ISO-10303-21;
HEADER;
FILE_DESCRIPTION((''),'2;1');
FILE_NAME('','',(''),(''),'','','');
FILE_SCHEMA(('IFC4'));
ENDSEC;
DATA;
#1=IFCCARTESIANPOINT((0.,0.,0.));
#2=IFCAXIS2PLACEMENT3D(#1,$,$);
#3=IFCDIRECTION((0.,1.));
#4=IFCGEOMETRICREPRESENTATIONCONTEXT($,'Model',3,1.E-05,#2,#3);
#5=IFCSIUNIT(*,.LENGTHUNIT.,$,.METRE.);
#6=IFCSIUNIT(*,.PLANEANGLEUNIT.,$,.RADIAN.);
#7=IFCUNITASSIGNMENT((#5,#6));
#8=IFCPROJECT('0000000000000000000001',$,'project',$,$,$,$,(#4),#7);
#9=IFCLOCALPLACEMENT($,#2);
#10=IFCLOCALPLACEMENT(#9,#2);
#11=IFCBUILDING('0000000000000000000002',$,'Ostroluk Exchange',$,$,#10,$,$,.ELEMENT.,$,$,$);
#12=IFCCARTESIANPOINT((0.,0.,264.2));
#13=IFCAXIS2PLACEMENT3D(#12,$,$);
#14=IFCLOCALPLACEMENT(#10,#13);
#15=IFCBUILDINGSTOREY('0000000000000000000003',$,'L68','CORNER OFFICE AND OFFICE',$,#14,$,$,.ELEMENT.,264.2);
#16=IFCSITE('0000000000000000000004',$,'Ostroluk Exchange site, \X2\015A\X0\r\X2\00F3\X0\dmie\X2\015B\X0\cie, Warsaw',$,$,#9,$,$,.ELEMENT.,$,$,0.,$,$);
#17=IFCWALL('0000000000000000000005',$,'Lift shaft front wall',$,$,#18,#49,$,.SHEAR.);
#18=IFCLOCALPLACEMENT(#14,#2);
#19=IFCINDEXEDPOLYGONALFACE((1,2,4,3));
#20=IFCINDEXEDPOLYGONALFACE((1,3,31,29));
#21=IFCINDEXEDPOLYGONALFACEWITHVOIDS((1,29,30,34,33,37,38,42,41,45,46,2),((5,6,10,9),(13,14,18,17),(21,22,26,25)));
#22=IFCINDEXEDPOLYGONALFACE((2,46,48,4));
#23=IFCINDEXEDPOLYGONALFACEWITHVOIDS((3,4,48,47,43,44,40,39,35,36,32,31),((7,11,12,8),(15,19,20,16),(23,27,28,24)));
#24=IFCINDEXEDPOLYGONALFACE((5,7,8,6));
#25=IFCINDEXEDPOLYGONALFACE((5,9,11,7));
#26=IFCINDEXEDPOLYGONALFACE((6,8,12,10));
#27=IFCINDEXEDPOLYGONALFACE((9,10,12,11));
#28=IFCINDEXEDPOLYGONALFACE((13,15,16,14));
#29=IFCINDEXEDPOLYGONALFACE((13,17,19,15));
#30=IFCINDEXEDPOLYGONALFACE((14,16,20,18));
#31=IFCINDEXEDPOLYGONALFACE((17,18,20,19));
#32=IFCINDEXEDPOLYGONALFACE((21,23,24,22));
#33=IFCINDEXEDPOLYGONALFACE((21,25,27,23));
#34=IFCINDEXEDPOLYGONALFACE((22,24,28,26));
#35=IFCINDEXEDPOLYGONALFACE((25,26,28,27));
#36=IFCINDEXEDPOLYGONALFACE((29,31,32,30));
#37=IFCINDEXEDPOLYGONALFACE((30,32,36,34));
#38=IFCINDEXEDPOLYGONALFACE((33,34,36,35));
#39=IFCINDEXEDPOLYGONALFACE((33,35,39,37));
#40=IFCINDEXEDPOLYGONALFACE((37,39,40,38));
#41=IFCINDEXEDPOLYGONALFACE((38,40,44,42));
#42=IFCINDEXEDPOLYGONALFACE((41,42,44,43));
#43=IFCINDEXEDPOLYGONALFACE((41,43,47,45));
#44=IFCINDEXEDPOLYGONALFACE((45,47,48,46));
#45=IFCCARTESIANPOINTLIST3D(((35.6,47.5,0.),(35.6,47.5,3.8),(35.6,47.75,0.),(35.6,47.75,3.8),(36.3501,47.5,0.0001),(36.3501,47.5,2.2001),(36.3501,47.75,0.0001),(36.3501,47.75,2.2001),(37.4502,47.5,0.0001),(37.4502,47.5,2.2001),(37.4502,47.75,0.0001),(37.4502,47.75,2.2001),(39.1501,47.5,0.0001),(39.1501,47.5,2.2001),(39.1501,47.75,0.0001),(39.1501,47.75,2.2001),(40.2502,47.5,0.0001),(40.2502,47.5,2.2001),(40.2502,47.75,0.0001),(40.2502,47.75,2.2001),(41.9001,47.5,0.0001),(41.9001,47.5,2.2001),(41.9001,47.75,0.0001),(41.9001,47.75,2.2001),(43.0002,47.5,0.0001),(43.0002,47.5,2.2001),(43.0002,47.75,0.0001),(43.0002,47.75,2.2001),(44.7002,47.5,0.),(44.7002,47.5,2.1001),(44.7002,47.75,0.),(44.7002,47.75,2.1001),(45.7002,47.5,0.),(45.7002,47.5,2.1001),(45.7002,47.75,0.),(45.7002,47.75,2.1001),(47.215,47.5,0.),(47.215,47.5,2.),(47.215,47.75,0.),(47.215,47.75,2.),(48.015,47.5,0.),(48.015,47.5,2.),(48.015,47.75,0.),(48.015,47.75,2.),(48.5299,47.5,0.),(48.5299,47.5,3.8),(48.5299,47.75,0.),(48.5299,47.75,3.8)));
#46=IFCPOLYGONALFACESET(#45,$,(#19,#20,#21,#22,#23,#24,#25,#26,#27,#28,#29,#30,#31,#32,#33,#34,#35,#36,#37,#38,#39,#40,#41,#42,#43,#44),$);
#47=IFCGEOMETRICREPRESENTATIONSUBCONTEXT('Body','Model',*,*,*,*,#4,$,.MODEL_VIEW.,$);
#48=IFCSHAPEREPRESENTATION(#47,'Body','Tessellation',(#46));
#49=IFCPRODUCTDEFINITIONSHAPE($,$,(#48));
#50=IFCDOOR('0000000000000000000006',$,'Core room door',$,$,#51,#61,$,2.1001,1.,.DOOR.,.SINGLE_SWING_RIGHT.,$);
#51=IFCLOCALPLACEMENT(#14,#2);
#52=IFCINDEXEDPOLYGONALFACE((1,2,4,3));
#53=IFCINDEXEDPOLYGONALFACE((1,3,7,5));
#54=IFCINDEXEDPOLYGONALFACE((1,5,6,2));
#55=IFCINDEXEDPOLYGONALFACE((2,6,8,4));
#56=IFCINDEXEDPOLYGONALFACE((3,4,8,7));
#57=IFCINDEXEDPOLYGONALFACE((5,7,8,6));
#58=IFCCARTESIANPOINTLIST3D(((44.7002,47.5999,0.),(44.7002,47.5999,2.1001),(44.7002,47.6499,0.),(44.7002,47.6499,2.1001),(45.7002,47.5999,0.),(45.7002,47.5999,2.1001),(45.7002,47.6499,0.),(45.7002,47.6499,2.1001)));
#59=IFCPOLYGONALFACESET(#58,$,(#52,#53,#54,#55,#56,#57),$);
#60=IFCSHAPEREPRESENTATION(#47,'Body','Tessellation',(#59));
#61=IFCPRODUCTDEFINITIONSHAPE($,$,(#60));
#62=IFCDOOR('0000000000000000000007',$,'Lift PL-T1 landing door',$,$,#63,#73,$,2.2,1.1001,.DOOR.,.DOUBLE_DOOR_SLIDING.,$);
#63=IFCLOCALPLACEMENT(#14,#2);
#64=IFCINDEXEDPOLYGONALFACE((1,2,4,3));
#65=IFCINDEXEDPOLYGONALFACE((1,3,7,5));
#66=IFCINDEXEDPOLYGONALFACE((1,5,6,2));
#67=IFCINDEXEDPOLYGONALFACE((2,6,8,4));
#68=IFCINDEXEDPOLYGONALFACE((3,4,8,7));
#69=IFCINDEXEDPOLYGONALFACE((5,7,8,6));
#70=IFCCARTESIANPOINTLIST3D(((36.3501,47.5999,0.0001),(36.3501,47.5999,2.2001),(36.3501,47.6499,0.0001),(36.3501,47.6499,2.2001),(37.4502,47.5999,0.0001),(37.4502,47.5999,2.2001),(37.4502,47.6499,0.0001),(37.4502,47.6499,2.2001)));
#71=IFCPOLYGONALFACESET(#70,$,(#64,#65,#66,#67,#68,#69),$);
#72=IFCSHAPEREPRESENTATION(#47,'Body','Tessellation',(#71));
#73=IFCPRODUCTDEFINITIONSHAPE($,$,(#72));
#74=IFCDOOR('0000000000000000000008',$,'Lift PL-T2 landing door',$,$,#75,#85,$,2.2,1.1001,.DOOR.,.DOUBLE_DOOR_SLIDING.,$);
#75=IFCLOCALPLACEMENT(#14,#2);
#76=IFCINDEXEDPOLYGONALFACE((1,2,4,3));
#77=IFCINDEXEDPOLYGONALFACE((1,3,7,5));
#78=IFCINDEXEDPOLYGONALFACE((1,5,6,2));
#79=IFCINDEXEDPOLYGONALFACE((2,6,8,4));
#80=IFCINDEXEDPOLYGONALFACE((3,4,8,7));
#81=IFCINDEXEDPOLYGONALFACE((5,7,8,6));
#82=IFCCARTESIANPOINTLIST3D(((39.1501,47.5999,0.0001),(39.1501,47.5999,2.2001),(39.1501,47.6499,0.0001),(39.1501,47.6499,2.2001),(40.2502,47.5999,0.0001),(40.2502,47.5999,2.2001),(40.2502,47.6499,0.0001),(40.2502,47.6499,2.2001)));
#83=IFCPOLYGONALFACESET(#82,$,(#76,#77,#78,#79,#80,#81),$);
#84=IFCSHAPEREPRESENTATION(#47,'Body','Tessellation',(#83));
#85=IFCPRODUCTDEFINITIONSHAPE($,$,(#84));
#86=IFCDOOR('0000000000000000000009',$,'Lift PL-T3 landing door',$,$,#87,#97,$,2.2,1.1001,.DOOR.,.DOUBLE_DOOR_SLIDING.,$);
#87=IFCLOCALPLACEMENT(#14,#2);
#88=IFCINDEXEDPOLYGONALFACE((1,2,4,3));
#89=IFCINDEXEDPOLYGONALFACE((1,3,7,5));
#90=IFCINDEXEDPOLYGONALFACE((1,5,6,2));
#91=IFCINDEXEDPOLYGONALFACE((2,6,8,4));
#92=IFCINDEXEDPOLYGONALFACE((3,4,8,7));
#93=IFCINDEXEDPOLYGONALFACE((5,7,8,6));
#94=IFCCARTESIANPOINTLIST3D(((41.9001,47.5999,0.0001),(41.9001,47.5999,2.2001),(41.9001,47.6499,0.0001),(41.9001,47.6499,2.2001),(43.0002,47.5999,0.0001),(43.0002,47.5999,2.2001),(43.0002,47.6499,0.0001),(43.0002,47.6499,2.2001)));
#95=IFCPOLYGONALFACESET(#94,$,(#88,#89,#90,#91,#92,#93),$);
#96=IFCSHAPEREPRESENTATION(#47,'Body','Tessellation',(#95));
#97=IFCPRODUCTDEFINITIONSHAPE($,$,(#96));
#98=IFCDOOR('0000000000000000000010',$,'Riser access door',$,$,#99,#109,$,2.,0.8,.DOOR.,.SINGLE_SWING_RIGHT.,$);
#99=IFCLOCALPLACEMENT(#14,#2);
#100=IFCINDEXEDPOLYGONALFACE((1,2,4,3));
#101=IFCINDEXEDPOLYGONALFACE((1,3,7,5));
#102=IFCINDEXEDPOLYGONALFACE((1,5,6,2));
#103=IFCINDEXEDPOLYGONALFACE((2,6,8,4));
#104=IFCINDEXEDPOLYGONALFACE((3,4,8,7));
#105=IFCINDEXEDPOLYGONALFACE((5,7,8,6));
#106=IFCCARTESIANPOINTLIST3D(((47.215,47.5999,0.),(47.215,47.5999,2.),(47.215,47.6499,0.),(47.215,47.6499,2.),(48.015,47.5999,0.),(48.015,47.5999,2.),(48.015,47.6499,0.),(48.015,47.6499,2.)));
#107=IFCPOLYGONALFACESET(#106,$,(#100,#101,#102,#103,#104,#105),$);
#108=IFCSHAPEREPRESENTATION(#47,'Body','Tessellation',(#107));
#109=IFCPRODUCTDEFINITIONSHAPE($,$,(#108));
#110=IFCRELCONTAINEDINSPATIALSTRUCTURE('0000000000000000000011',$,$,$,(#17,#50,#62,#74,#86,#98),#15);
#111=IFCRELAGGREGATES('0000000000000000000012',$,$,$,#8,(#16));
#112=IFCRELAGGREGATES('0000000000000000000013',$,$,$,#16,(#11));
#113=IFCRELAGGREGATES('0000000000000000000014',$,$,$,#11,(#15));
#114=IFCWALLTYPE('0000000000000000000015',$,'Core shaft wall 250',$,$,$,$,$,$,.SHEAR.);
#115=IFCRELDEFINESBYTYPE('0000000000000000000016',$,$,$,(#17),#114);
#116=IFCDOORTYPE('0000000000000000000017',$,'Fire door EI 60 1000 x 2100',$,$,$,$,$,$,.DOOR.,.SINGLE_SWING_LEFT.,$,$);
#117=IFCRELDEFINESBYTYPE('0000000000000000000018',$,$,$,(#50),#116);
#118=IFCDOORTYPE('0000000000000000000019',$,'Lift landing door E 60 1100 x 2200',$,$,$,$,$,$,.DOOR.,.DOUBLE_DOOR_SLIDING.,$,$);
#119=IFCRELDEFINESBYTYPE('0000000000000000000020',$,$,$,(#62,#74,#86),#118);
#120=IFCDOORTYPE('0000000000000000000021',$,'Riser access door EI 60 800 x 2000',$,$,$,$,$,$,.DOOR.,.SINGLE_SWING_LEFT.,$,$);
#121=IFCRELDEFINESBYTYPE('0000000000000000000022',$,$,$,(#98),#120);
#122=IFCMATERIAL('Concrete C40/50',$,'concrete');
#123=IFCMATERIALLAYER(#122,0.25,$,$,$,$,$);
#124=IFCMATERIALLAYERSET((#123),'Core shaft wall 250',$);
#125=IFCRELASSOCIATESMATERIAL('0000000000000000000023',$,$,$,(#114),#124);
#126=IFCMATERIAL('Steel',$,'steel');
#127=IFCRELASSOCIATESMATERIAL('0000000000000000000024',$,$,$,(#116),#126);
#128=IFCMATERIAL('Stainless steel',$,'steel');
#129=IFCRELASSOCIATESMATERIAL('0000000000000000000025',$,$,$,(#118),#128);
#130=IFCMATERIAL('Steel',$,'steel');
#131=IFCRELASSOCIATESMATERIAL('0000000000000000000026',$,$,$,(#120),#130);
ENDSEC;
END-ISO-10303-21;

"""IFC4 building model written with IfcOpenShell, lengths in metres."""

from ifc_helpers import new_model, si_unit, direction, frame, frame_2d, origin, place, context, subcontext, project, spatial, rectangle, extrude, material, layer, layer_set, type_object, element, fill, save


model = new_model("IFC4")

# Units and contexts
model_context = context("Model", 3, precision=1e-05, world=origin(), true_north=direction((0.0, 1.0)))
body_context = subcontext(model_context, "Body", "Model", "MODEL_VIEW")
ifc_project = project(units=[si_unit("LENGTHUNIT", "METRE"), si_unit("PLANEANGLEUNIT", "RADIAN")], contexts=[model_context])

# Site, building, storey
site_placement = place(None, origin())
site = spatial("IfcSite", under=ifc_project, at=site_placement, Name="Ostroluk Exchange site, Śródmieście, Warsaw", CompositionType="ELEMENT", RefElevation=0.0)
building_placement = place(site_placement, origin())
building = spatial("IfcBuilding", under=site, at=building_placement, Name="Ostroluk Exchange", CompositionType="ELEMENT")
storey_placement = place(building_placement, frame((0.0, 0.0, 264.2)))
storey = spatial("IfcBuildingStorey", under=building, at=storey_placement, Name="L68", Description="CORNER OFFICE AND OFFICE", CompositionType="ELEMENT", Elevation=264.2)

# Shared definitions
ifc_material_1 = material(Name="Concrete C40/50", Category="concrete")
ifc_layer = layer(ifc_material_1, 0.25)
ifc_layer_set = layer_set([ifc_layer], Name="Core shaft wall 250")
wall_type = type_object("IfcWallType", Name="Core shaft wall 250", PredefinedType="SHEAR", material=ifc_layer_set)

# Wall, openings, doors
wall_1_placement = place(storey_placement, frame((35.6001, 47.625, 0.0), z_axis=(0.0, 0.0, 1.0), x_axis=(1.0, 0.0, 0.0)))
wall_1 = element("IfcWall", 1, at=wall_1_placement, inside=storey, type_object=wall_type, Name="Lift shaft front wall", PredefinedType="SHEAR", context=body_context, shape_type="SweptSolid", body=[
    extrude(rectangle(XDim=12.9299, YDim=0.25, at=frame_2d((6.4648, 0.0))), origin(), (0.0, 0.0, 1.0), 3.8),
])
opening_1_placement = place(wall_1_placement, frame((0.75, 0.0, 0.0)))
opening_1 = element("IfcOpeningElement", 2, at=opening_1_placement, cuts=wall_1, PredefinedType="OPENING", context=body_context, shape_type="SweptSolid", body=[
    extrude(rectangle(XDim=1.1001, YDim=2.2, at=frame_2d((0.55, 1.1001))), frame((0.0, 0.135, 0.0), z_axis=(0.0, -1.0, 0.0), x_axis=(1.0, 0.0, 0.0)), (0.0, 0.0, 1.0), 0.27),
])
opening_2_placement = place(wall_1_placement, frame((3.55, 0.0, 0.0)))
opening_2 = element("IfcOpeningElement", 3, at=opening_2_placement, cuts=wall_1, PredefinedType="OPENING", context=body_context, shape_type="SweptSolid", body=[
    extrude(rectangle(XDim=1.1001, YDim=2.2, at=frame_2d((0.55, 1.1001))), frame((0.0, 0.135, 0.0), z_axis=(0.0, -1.0, 0.0), x_axis=(1.0, 0.0, 0.0)), (0.0, 0.0, 1.0), 0.27),
])
opening_3_placement = place(wall_1_placement, frame((6.3, 0.0, 0.0)))
opening_3 = element("IfcOpeningElement", 4, at=opening_3_placement, cuts=wall_1, PredefinedType="OPENING", context=body_context, shape_type="SweptSolid", body=[
    extrude(rectangle(XDim=1.1001, YDim=2.2, at=frame_2d((0.55, 1.1001))), frame((0.0, 0.135, 0.0), z_axis=(0.0, -1.0, 0.0), x_axis=(1.0, 0.0, 0.0)), (0.0, 0.0, 1.0), 0.27),
])
opening_4_placement = place(wall_1_placement, frame((9.1001, 0.0, 0.0)))
opening_4 = element("IfcOpeningElement", 5, at=opening_4_placement, cuts=wall_1, PredefinedType="OPENING", context=body_context, shape_type="SweptSolid", body=[
    extrude(rectangle(XDim=1.0, YDim=2.1001, at=frame_2d((0.5, 1.05))), frame((0.0, 0.135, 0.0), z_axis=(0.0, -1.0, 0.0), x_axis=(1.0, 0.0, 0.0)), (0.0, 0.0, 1.0), 0.27),
])
opening_5_placement = place(wall_1_placement, frame((11.615, 0.0, 0.0)))
opening_5 = element("IfcOpeningElement", 6, at=opening_5_placement, cuts=wall_1, PredefinedType="OPENING", context=body_context, shape_type="SweptSolid", body=[
    extrude(rectangle(XDim=0.8, YDim=2.0, at=frame_2d((0.3999, 1.0))), frame((0.0, 0.135, 0.0), z_axis=(0.0, -1.0, 0.0), x_axis=(1.0, 0.0, 0.0)), (0.0, 0.0, 1.0), 0.27),
])
ifc_material_2 = material(Name="Steel", Category="steel")
door_type_1 = type_object("IfcDoorType", Name="Fire door EI 60 1000 x 2100", OperationType="SINGLE_SWING_LEFT", PredefinedType="DOOR", material=ifc_material_2)
door_1_placement = place(opening_4_placement, origin())
door_1 = element("IfcDoor", 7, at=door_1_placement, inside=storey, type_object=door_type_1, Name="Core room door", OperationType="SINGLE_SWING_RIGHT", OverallHeight=2.1001, OverallWidth=1.0, PredefinedType="DOOR", context=body_context, shape_type="SweptSolid", body=[
    extrude(rectangle(XDim=1.0, YDim=2.1001, at=frame_2d((0.5, 1.05))), frame((0.0, 0.0249, 0.0), z_axis=(0.0, -1.0, 0.0), x_axis=(1.0, 0.0, 0.0)), (0.0, 0.0, 1.0), 0.05),
])
fill(opening_4, door_1)
ifc_material_3 = material(Name="Stainless steel", Category="steel")
door_type_2 = type_object("IfcDoorType", Name="Lift landing door E 60 1100 x 2200", OperationType="DOUBLE_DOOR_SLIDING", PredefinedType="DOOR", material=ifc_material_3)
door_2_placement = place(opening_1_placement, origin())
door_2 = element("IfcDoor", 8, at=door_2_placement, inside=storey, type_object=door_type_2, Name="Lift PL-T1 landing door", OperationType="DOUBLE_DOOR_SLIDING", OverallHeight=2.2, OverallWidth=1.1001, PredefinedType="DOOR", context=body_context, shape_type="SweptSolid", body=[
    extrude(rectangle(XDim=1.1001, YDim=2.2, at=frame_2d((0.55, 1.1001))), frame((0.0, 0.0249, 0.0), z_axis=(0.0, -1.0, 0.0), x_axis=(1.0, 0.0, 0.0)), (0.0, 0.0, 1.0), 0.05),
])
fill(opening_1, door_2)
door_3_placement = place(opening_2_placement, origin())
door_3 = element("IfcDoor", 9, at=door_3_placement, inside=storey, type_object=door_type_2, Name="Lift PL-T2 landing door", OperationType="DOUBLE_DOOR_SLIDING", OverallHeight=2.2, OverallWidth=1.1001, PredefinedType="DOOR", context=body_context, shape_type="SweptSolid", body=[
    extrude(rectangle(XDim=1.1001, YDim=2.2, at=frame_2d((0.55, 1.1001))), frame((0.0, 0.0249, 0.0), z_axis=(0.0, -1.0, 0.0), x_axis=(1.0, 0.0, 0.0)), (0.0, 0.0, 1.0), 0.05),
])
fill(opening_2, door_3)
door_4_placement = place(opening_3_placement, origin())
door_4 = element("IfcDoor", 10, at=door_4_placement, inside=storey, type_object=door_type_2, Name="Lift PL-T3 landing door", OperationType="DOUBLE_DOOR_SLIDING", OverallHeight=2.2, OverallWidth=1.1001, PredefinedType="DOOR", context=body_context, shape_type="SweptSolid", body=[
    extrude(rectangle(XDim=1.1001, YDim=2.2, at=frame_2d((0.55, 1.1001))), frame((0.0, 0.0249, 0.0), z_axis=(0.0, -1.0, 0.0), x_axis=(1.0, 0.0, 0.0)), (0.0, 0.0, 1.0), 0.05),
])
fill(opening_3, door_4)
ifc_material_4 = material(Name="Steel", Category="steel")
door_type_3 = type_object("IfcDoorType", Name="Riser access door EI 60 800 x 2000", OperationType="SINGLE_SWING_LEFT", PredefinedType="DOOR", material=ifc_material_4)
door_5_placement = place(opening_5_placement, origin())
door_5 = element("IfcDoor", 11, at=door_5_placement, inside=storey, type_object=door_type_3, Name="Riser access door", OperationType="SINGLE_SWING_RIGHT", OverallHeight=2.0, OverallWidth=0.8, PredefinedType="DOOR", context=body_context, shape_type="SweptSolid", body=[
    extrude(rectangle(XDim=0.8, YDim=2.0, at=frame_2d((0.3999, 1.0))), frame((0.0, 0.0249, 0.0), z_axis=(0.0, -1.0, 0.0), x_axis=(1.0, 0.0, 0.0)), (0.0, 0.0, 1.0), 0.05),
])
fill(opening_5, door_5)

save(model, "model.ifc")
